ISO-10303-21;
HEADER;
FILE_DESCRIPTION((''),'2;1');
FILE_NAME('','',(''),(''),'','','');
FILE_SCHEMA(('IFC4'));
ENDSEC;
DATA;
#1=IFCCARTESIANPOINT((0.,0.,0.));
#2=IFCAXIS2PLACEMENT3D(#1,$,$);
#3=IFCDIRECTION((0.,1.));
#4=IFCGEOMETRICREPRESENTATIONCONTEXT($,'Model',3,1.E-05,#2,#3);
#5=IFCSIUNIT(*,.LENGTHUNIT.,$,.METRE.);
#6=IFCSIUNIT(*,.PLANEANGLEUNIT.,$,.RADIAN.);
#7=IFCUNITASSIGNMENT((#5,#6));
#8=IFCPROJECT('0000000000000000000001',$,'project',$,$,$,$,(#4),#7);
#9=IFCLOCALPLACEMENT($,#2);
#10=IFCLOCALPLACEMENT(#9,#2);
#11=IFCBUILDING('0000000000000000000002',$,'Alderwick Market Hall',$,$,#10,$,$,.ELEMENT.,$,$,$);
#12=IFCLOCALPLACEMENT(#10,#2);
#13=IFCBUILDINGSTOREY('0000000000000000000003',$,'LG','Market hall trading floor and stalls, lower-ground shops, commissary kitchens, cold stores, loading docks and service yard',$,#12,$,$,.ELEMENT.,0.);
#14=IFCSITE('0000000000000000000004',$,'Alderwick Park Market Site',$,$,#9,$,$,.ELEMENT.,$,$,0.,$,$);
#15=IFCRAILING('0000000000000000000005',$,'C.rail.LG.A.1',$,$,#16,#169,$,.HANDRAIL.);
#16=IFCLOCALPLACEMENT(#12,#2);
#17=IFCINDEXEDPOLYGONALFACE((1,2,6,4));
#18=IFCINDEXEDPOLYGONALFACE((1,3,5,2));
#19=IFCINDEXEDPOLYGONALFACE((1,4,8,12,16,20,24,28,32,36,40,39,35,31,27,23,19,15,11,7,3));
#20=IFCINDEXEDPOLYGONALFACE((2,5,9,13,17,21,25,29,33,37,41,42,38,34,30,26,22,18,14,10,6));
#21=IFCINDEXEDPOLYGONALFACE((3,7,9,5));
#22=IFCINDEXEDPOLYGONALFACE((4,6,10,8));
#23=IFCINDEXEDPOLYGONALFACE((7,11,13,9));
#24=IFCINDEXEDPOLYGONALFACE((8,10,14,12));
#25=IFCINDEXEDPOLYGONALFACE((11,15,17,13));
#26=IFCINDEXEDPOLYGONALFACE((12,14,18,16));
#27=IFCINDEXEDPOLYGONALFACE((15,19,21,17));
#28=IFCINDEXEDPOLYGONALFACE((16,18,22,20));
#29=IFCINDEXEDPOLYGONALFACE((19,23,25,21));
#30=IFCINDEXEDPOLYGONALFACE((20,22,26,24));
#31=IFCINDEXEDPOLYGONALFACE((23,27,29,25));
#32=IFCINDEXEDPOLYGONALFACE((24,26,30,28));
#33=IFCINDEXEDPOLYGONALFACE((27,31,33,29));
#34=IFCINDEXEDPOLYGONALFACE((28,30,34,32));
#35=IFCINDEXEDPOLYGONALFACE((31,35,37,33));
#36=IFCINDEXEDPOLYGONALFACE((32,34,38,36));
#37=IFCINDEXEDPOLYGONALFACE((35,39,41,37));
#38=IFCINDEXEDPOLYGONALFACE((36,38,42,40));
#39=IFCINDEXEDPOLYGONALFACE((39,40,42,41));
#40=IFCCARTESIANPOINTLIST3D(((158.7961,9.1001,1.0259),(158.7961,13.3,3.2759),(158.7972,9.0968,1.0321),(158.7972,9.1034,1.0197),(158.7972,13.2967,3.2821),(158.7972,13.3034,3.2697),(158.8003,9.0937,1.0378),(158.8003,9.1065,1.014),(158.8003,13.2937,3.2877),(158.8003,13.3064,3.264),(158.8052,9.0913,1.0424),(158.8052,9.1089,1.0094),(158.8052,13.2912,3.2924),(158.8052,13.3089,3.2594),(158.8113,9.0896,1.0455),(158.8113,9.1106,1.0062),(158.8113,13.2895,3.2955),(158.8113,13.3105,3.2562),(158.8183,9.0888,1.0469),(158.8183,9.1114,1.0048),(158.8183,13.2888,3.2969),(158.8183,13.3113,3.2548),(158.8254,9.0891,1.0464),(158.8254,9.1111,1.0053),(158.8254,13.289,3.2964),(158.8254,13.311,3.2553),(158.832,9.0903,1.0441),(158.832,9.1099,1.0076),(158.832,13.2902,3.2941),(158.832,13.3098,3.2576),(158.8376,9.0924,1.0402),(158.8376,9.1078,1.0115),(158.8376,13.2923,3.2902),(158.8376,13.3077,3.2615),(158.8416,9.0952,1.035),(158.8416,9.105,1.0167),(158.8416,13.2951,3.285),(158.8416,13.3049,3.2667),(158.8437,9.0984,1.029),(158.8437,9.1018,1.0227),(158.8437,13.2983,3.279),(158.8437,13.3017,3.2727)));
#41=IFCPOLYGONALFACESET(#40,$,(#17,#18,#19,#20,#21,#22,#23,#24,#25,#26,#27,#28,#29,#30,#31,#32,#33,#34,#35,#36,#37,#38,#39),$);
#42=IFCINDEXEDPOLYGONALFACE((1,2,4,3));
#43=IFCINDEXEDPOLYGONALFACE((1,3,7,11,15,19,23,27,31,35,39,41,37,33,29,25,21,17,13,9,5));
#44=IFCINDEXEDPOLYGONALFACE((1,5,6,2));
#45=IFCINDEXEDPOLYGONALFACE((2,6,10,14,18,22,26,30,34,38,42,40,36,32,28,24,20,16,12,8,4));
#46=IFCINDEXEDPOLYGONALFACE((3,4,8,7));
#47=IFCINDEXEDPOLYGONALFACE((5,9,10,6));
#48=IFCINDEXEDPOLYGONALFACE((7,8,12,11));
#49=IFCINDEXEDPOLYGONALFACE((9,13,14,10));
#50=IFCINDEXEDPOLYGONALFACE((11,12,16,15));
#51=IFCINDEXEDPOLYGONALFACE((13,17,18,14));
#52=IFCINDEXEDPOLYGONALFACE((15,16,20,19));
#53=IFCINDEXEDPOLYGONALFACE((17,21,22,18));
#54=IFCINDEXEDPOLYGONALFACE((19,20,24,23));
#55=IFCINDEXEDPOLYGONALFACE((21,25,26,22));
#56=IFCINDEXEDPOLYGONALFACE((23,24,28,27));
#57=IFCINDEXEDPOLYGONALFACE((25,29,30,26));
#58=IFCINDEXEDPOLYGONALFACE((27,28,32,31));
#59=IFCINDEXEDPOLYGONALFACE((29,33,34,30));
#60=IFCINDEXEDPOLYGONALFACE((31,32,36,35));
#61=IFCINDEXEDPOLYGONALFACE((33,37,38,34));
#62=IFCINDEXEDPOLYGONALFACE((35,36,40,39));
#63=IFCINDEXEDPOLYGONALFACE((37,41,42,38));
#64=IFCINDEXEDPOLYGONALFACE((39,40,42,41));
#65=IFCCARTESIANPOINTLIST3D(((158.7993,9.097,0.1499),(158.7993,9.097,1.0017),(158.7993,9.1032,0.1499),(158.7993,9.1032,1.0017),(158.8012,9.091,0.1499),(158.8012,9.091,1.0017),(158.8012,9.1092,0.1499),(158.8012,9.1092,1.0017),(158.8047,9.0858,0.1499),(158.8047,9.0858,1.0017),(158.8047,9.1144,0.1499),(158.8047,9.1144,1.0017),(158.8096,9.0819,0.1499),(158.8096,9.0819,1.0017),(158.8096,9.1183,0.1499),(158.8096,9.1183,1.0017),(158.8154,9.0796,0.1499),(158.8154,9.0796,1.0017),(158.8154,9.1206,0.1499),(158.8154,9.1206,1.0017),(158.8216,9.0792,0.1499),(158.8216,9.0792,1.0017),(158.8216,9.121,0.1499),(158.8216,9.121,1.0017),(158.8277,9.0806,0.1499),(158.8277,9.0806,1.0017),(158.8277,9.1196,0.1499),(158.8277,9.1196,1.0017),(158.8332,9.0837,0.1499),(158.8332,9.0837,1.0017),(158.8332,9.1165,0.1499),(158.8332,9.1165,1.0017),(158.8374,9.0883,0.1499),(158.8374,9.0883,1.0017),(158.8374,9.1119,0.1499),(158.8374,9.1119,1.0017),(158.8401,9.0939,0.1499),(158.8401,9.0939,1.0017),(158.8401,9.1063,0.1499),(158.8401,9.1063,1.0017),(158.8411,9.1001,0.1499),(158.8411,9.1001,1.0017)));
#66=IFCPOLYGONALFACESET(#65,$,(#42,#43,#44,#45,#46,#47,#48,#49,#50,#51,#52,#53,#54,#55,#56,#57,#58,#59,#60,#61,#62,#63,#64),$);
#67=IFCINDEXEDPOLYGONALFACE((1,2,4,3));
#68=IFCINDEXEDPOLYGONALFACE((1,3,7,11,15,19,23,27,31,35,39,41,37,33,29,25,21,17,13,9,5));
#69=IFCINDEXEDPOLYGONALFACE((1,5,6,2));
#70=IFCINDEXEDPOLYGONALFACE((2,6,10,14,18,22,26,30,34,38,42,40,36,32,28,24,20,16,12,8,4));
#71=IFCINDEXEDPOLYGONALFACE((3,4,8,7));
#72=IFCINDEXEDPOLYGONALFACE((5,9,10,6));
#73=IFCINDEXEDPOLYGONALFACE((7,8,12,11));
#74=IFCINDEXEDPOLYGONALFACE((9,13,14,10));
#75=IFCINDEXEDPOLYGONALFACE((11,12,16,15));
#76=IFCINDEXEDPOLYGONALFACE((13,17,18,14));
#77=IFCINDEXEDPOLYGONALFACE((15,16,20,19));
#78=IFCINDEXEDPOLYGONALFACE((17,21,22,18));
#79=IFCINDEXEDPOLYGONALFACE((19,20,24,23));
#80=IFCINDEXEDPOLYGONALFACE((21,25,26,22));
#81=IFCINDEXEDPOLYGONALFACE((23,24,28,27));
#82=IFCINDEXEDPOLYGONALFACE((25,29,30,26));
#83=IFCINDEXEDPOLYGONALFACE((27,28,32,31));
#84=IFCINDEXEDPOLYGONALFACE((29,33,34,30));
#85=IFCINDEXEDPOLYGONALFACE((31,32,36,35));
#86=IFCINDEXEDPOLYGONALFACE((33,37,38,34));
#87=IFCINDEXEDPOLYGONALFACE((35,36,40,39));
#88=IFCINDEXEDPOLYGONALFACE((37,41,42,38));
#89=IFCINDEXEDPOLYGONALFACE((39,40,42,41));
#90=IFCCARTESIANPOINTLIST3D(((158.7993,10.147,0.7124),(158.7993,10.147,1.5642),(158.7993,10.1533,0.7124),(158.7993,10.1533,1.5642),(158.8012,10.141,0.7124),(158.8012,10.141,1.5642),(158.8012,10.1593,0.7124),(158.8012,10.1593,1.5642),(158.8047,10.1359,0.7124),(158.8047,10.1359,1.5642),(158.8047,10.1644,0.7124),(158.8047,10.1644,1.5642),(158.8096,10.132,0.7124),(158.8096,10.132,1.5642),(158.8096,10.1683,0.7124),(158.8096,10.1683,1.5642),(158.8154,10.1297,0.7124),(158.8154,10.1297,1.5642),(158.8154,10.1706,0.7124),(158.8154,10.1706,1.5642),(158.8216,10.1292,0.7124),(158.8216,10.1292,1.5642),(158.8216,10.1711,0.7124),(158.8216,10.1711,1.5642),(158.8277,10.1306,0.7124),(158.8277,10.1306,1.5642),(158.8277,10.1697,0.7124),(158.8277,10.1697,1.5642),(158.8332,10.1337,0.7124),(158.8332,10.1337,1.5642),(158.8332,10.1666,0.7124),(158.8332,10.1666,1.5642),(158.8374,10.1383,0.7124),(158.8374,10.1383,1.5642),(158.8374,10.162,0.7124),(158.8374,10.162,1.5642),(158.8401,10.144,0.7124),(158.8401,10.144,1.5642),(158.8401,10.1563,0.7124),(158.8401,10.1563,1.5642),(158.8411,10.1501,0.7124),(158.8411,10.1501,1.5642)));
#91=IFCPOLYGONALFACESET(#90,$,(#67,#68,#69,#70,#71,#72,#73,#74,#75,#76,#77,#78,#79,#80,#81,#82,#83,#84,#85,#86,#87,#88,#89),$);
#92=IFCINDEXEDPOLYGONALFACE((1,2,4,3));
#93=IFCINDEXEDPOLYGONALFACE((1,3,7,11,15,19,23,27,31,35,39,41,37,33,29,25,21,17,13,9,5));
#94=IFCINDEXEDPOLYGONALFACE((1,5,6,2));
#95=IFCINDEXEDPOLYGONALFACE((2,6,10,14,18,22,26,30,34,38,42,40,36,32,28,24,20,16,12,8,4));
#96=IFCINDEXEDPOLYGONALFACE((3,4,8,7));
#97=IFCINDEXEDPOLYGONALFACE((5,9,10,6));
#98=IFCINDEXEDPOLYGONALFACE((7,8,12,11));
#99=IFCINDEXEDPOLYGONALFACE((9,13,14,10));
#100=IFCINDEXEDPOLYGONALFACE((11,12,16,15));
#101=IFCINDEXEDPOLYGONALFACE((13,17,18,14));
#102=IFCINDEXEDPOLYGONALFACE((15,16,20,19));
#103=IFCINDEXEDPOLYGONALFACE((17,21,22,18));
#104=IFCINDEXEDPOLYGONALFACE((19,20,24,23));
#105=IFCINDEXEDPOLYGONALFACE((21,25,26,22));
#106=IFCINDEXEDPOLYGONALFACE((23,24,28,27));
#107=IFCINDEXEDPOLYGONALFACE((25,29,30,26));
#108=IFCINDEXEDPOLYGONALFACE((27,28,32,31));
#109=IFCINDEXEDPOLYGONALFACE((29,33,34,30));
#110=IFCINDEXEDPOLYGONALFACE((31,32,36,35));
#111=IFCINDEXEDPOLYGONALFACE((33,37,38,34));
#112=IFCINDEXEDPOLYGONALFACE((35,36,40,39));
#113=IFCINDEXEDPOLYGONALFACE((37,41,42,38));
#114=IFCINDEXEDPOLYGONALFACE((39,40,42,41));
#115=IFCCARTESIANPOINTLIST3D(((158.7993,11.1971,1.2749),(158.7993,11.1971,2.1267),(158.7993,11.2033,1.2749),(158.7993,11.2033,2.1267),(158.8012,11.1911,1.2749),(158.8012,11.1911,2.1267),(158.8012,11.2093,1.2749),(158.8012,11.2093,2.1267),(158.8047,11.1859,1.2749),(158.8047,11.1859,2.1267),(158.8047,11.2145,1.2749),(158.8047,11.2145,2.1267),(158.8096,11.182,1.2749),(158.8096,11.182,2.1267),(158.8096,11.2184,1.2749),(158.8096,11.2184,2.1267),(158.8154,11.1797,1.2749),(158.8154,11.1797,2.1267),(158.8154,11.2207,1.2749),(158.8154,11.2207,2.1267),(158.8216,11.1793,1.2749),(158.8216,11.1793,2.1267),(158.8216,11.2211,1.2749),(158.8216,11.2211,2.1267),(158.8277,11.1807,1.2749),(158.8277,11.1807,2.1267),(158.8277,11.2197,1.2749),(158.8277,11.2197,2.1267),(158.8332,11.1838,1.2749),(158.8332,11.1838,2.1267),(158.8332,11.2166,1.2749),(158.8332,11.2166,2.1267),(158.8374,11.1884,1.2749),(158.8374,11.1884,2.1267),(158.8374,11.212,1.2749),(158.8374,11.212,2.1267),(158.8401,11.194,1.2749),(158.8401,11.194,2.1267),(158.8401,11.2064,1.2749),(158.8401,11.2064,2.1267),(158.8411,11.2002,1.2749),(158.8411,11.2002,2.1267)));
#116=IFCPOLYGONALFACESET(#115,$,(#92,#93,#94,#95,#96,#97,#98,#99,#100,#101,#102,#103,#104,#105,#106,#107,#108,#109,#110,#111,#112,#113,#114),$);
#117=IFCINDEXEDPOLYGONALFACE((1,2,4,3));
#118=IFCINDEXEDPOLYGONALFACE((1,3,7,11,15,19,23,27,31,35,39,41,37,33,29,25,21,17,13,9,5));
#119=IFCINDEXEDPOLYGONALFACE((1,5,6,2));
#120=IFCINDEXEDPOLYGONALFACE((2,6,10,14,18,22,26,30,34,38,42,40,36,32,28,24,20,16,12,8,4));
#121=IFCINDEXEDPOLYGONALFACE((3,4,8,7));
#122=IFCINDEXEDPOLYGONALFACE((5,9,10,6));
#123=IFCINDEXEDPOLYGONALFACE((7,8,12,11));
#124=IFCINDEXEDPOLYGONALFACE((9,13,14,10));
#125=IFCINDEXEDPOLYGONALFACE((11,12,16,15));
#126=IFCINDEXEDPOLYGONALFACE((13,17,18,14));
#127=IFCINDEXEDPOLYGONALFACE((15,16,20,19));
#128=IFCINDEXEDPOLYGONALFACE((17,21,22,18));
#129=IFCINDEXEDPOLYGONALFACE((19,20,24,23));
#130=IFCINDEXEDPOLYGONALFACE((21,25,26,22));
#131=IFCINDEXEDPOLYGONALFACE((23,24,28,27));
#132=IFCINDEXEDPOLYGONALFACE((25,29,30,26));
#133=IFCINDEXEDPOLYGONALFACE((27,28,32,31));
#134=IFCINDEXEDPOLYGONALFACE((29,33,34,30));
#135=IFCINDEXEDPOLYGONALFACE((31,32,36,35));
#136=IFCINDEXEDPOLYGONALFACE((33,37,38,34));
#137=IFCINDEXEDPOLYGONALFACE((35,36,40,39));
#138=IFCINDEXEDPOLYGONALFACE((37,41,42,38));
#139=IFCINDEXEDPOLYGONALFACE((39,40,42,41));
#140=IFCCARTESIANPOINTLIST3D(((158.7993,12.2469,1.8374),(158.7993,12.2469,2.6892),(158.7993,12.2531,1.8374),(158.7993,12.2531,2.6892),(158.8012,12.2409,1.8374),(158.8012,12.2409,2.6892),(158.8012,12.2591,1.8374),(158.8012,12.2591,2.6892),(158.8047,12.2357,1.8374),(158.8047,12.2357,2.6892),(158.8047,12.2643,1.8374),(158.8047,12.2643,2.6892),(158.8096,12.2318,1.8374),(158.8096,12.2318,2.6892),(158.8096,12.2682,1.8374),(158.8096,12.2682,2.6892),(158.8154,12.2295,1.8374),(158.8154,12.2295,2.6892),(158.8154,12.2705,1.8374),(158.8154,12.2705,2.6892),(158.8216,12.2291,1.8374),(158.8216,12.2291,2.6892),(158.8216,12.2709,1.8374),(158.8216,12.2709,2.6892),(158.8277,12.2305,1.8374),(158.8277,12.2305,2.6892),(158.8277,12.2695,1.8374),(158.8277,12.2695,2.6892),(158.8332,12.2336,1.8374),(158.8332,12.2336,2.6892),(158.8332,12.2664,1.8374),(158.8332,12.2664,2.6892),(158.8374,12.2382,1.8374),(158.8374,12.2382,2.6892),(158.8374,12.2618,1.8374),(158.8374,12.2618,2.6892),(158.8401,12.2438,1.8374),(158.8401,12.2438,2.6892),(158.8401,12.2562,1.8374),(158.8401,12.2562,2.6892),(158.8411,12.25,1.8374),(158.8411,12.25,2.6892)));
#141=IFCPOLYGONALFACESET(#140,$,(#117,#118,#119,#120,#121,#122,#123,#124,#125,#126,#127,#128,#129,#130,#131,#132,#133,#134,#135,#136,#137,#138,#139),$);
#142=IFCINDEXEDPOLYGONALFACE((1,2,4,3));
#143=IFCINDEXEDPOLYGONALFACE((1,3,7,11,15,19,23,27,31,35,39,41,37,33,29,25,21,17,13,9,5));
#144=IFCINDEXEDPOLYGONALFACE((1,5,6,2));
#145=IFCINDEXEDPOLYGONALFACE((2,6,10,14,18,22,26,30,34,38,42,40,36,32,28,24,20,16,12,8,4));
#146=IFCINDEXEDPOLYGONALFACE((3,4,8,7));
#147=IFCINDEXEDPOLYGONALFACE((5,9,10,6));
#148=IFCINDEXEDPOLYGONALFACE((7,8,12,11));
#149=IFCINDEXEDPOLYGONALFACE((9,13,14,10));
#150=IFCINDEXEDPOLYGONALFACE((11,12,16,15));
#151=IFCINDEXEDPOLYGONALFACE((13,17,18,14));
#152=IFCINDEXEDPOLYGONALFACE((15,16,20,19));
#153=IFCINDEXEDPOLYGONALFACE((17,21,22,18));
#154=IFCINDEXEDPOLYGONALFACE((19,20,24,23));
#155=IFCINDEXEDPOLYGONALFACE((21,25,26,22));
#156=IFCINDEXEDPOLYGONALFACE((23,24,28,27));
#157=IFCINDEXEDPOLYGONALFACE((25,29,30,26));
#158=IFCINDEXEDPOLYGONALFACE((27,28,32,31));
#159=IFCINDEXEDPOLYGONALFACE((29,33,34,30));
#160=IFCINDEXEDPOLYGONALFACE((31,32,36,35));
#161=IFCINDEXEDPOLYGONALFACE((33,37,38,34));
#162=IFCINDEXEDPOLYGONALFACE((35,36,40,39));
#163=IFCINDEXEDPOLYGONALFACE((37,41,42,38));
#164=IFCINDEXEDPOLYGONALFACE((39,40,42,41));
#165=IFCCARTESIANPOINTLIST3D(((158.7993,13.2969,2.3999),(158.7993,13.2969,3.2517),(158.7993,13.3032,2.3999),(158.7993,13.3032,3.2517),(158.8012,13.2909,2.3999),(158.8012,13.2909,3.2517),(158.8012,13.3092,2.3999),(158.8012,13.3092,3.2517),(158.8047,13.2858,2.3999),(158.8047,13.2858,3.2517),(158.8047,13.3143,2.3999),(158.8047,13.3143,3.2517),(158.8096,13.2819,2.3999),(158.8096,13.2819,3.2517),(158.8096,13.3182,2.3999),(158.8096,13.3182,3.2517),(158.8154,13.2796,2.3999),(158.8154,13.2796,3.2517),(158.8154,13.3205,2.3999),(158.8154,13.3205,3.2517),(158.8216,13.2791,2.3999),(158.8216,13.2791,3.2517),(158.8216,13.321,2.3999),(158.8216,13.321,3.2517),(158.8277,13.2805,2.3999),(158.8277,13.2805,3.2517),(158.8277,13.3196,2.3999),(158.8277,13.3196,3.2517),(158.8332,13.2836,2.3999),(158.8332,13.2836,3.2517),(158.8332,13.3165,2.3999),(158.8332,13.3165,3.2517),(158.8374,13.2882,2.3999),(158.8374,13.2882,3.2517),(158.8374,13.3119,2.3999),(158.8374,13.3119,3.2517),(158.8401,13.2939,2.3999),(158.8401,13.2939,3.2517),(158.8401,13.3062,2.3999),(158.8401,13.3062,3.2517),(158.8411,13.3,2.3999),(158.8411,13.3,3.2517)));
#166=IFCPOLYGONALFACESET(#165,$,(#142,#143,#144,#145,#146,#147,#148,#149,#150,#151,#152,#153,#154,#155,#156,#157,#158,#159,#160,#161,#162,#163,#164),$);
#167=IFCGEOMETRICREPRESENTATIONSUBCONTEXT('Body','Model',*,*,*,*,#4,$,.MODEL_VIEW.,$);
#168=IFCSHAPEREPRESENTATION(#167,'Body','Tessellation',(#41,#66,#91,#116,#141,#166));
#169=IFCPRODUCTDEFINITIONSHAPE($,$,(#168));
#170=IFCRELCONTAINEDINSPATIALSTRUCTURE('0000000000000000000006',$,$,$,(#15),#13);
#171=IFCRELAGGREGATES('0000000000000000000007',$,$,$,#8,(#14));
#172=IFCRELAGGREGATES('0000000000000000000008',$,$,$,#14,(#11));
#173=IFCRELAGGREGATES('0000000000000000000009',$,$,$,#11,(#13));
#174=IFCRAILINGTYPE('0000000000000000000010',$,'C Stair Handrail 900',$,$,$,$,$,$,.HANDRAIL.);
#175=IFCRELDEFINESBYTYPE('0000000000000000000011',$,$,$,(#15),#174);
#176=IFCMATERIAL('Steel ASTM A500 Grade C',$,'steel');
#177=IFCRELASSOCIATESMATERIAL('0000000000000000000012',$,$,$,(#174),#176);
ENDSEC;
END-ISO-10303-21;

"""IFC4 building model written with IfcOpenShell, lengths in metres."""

from ifc_helpers import new_model, si_unit, direction, frame, origin, origin_2d, place, context, subcontext, project, spatial, circle, extrude, material, type_object, element, save


model = new_model("IFC4")

# Units and contexts
model_context = context("Model", 3, precision=1e-05, world=origin(), true_north=direction((0.0, 1.0)))
body_context = subcontext(model_context, "Body", "Model", "MODEL_VIEW")
ifc_project = project(units=[si_unit("LENGTHUNIT", "METRE"), si_unit("PLANEANGLEUNIT", "RADIAN")], contexts=[model_context])

# Site, building, storey
site_placement = place(None, origin())
site = spatial("IfcSite", under=ifc_project, at=site_placement, Name="Alderwick Park Market Site", CompositionType="ELEMENT", RefElevation=0.0)
building_placement = place(site_placement, origin())
building = spatial("IfcBuilding", under=site, at=building_placement, Name="Alderwick Market Hall", CompositionType="ELEMENT")
storey_placement = place(building_placement, origin())
storey = spatial("IfcBuildingStorey", under=building, at=storey_placement, Name="LG", Description="Market hall trading floor and stalls, lower-ground shops, commissary kitchens, cold stores, loading docks and service yard", CompositionType="ELEMENT", Elevation=0.0)

# Railing
ifc_material_1 = material(Name="Steel ASTM A500 Grade C", Category="steel")
railing_type_1 = type_object("IfcRailingType", Name="C Stair Handrail 900", PredefinedType="HANDRAIL", material=ifc_material_1)
for number, where, name in (
    (1, (158.8201, 9.1001, 0.1499), "C.rail.LG.A.1"),
):
    element("IfcRailing", number, at=place(storey_placement, frame(where)), inside=storey, type_object=railing_type_1, Name=name, PredefinedType="HANDRAIL", context=body_context, shape_type="SweptSolid", body=[
        extrude(circle(Radius=0.0239, at=origin_2d()), frame((0.0, 0.0, 0.876), z_axis=(0.0, 0.881478, 0.472226), x_axis=(-1.0, 0.0, 0.0)), (0.0, 0.0, 1.0), 4.7646),
        extrude(circle(Radius=0.021, at=origin_2d()), origin(), (0.0, 0.0, 1.0), 0.8518),
        extrude(circle(Radius=0.021, at=origin_2d()), frame((0.0, 1.05, 0.5625)), (0.0, 0.0, 1.0), 0.8518),
        extrude(circle(Radius=0.021, at=origin_2d()), frame((0.0, 2.1001, 1.125)), (0.0, 0.0, 1.0), 0.8518),
        extrude(circle(Radius=0.021, at=origin_2d()), frame((0.0, 3.1499, 1.6875)), (0.0, 0.0, 1.0), 0.8518),
        extrude(circle(Radius=0.021, at=origin_2d()), frame((0.0, 4.2, 2.25)), (0.0, 0.0, 1.0), 0.8518),
    ])

save(model, "model.ifc")
